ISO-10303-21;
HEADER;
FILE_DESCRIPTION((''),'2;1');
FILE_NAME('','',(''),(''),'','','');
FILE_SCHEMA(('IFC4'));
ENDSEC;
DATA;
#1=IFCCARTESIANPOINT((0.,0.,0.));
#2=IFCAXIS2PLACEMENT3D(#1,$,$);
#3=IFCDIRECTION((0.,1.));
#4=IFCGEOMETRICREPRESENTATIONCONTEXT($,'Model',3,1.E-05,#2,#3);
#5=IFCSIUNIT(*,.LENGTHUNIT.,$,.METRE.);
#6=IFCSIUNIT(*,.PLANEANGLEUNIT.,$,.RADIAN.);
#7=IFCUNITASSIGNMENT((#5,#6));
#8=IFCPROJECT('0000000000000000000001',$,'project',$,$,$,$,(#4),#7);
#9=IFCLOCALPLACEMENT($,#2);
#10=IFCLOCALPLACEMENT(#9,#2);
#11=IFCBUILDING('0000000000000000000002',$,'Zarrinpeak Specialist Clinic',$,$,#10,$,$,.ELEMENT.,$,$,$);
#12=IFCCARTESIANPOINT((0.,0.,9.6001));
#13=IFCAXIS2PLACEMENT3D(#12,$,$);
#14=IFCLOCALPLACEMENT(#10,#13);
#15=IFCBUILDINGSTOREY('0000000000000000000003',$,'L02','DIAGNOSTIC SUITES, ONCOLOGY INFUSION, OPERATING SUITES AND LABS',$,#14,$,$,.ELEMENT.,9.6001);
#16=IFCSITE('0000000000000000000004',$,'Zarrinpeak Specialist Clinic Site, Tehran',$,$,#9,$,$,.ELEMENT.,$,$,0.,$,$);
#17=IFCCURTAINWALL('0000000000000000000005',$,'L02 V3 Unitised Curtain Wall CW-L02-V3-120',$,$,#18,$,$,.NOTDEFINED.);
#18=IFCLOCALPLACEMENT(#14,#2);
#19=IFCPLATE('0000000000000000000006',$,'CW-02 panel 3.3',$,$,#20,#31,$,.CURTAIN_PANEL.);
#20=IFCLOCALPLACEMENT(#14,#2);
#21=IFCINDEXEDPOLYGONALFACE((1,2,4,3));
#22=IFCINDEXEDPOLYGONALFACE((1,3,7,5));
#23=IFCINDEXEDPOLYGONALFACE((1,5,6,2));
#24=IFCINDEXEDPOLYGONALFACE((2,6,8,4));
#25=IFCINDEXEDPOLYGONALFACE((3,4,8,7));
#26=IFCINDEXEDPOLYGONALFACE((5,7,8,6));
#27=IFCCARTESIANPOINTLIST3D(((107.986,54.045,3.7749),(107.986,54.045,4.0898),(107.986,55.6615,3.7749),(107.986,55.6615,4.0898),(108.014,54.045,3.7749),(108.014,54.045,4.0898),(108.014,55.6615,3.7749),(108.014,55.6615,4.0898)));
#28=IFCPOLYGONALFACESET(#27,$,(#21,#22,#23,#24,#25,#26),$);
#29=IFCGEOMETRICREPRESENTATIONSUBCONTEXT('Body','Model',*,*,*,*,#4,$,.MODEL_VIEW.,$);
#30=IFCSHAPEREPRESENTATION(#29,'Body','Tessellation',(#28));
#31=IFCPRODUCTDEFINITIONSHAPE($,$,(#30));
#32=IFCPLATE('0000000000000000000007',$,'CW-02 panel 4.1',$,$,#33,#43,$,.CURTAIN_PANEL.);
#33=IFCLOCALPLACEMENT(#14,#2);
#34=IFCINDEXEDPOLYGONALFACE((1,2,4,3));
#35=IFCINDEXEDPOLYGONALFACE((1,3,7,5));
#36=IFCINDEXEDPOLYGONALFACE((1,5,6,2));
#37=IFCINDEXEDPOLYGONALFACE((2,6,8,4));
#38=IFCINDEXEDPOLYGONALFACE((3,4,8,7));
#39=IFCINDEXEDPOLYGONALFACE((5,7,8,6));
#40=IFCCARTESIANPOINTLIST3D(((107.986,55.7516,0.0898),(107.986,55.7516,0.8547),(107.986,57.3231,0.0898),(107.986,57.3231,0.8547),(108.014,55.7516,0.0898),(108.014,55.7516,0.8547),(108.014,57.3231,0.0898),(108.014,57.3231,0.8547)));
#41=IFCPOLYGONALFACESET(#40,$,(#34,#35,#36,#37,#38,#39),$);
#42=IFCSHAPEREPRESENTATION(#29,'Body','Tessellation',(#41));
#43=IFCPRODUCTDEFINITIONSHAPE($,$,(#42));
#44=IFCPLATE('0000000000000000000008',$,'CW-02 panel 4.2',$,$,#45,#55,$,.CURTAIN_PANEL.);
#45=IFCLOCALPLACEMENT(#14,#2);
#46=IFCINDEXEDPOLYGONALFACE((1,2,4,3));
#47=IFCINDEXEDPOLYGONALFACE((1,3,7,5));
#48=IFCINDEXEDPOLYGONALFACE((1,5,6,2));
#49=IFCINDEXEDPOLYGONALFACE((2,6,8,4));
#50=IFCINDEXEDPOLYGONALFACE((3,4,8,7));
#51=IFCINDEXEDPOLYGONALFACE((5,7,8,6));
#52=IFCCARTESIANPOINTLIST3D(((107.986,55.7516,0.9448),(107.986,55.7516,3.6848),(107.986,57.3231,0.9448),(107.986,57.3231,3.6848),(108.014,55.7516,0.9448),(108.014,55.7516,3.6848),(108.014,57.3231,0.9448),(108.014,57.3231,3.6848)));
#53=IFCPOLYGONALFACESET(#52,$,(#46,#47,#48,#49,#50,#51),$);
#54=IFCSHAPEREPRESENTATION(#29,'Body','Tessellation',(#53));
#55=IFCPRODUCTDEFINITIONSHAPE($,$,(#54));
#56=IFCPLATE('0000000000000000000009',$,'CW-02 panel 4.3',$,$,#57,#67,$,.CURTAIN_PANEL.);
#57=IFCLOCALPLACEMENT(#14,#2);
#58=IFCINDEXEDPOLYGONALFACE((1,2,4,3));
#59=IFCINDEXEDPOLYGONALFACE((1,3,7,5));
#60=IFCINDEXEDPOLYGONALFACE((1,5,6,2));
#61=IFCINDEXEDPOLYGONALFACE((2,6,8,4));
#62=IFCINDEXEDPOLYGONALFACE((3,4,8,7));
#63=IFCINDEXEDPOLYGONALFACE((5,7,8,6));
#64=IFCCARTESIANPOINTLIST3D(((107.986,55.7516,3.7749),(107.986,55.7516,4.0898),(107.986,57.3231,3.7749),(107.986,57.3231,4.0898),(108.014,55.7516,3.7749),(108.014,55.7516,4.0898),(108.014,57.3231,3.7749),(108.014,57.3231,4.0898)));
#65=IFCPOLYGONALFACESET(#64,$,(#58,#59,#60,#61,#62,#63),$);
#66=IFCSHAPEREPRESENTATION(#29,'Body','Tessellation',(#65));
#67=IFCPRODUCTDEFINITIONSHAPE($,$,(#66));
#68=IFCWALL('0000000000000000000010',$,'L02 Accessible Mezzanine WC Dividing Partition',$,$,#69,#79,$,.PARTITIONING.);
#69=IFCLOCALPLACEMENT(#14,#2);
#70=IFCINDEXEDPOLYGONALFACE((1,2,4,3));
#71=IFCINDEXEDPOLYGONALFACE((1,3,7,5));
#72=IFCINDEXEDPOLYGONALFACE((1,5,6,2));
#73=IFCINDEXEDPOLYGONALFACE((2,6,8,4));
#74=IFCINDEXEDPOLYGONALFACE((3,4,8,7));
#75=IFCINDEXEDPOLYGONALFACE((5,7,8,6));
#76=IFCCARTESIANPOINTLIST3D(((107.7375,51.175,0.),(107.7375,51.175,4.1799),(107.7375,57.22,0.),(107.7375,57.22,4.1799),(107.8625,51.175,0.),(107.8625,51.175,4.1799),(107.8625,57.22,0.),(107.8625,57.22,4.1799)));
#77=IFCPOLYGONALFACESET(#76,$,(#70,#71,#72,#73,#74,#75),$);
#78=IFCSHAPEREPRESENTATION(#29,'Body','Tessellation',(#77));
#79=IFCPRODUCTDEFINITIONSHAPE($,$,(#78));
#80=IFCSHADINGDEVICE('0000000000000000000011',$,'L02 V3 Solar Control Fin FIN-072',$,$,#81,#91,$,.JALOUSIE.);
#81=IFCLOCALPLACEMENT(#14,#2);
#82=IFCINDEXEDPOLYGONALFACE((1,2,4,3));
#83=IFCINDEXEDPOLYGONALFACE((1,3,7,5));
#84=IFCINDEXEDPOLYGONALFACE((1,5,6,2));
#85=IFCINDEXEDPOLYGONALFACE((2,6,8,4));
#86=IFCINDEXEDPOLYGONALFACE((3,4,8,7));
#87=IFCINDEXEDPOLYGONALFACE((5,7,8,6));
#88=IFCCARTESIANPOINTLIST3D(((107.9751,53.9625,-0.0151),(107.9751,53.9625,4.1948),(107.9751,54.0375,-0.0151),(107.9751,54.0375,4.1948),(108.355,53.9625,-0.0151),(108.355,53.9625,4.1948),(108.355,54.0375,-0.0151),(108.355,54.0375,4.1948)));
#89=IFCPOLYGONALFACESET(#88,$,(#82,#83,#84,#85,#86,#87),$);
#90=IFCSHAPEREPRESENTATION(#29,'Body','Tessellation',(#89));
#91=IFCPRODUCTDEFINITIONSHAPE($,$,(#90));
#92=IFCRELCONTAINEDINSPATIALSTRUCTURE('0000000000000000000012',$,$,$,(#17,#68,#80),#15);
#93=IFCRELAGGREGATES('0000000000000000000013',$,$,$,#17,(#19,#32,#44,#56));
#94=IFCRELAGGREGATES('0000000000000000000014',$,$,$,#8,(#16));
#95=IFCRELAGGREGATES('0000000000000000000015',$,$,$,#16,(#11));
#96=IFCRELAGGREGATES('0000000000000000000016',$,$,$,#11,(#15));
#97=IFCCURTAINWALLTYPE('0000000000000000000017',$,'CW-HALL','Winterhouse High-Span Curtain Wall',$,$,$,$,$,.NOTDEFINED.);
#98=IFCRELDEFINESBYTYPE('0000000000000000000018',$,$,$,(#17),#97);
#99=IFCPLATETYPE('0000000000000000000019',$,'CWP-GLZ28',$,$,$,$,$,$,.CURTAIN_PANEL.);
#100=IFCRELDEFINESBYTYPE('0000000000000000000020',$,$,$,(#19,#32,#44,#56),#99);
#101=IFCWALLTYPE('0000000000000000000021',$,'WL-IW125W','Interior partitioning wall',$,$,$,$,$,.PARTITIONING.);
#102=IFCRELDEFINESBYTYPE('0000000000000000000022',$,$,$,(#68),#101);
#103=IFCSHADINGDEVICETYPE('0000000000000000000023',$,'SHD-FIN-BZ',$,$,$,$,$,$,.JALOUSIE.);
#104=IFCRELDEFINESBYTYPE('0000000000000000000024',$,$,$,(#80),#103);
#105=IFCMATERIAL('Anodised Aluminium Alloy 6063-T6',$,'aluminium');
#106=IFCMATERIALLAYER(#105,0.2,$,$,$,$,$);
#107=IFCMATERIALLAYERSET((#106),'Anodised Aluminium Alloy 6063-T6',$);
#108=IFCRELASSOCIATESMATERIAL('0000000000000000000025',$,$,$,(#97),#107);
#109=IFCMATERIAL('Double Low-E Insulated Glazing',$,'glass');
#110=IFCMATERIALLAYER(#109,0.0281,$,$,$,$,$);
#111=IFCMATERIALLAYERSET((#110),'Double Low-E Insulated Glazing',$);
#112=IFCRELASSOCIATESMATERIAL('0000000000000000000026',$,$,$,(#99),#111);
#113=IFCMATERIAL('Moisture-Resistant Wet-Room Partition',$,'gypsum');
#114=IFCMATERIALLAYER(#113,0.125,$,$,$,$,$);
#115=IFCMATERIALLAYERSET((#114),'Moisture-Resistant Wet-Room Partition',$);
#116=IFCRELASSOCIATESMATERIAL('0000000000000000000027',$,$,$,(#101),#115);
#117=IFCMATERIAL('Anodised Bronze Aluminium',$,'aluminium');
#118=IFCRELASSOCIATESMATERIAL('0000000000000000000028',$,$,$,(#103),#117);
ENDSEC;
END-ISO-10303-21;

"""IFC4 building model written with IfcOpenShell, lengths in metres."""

from ifc_helpers import new_model, si_unit, direction, frame, frame_2d, origin, origin_2d, place, context, subcontext, project, spatial, rectangle, extrude, material, layer, layer_set, type_object, element, aggregate, save


model = new_model("IFC4")

# Units and contexts
model_context = context("Model", 3, precision=1e-05, world=origin(), true_north=direction((0.0, 1.0)))
body_context = subcontext(model_context, "Body", "Model", "MODEL_VIEW")
ifc_project = project(units=[si_unit("LENGTHUNIT", "METRE"), si_unit("PLANEANGLEUNIT", "RADIAN")], contexts=[model_context])

# Site, building, storey
site_placement = place(None, origin())
site = spatial("IfcSite", under=ifc_project, at=site_placement, Name="Zarrinpeak Specialist Clinic Site, Tehran", CompositionType="ELEMENT", RefElevation=0.0)
building_placement = place(site_placement, origin())
building = spatial("IfcBuilding", under=site, at=building_placement, Name="Zarrinpeak Specialist Clinic", CompositionType="ELEMENT")
storey_placement = place(building_placement, frame((0.0, 0.0, 9.6001)))
storey = spatial("IfcBuildingStorey", under=building, at=storey_placement, Name="L02", Description="DIAGNOSTIC SUITES, ONCOLOGY INFUSION, OPERATING SUITES AND LABS", CompositionType="ELEMENT", Elevation=9.6001)

# Curtain wall, plates
ifc_material_1 = material(Name="Anodised Aluminium Alloy 6063-T6", Category="aluminium")
ifc_layer_1 = layer(ifc_material_1, 0.2)
ifc_layer_set_1 = layer_set([ifc_layer_1], Name="Anodised Aluminium Alloy 6063-T6")
curtain_wall_type = type_object("IfcCurtainWallType", Name="CW-HALL", Description="Winterhouse High-Span Curtain Wall", PredefinedType="NOTDEFINED", material=ifc_layer_set_1)
curtain_wall_placement = place(storey_placement, origin())
curtain_wall = element("IfcCurtainWall", 1, at=curtain_wall_placement, inside=storey, type_object=curtain_wall_type, Name="L02 V3 Unitised Curtain Wall CW-L02-V3-120", PredefinedType="NOTDEFINED")
ifc_material_2 = material(Name="Double Low-E Insulated Glazing", Category="glass")
ifc_layer_2 = layer(ifc_material_2, 0.0281)
ifc_layer_set_2 = layer_set([ifc_layer_2], Name="Double Low-E Insulated Glazing")
plate_type = type_object("IfcPlateType", Name="CWP-GLZ28", PredefinedType="CURTAIN_PANEL", material=ifc_layer_set_2)
plate_1_placement = place(storey_placement, frame((108.0, 54.8533, 3.7749), z_axis=(0.0, 0.0, 1.0), x_axis=(0.0, 1.0, 0.0)))
plate_1 = element("IfcPlate", 2, at=plate_1_placement, type_object=plate_type, Name="CW-02 panel 3.3", PredefinedType="CURTAIN_PANEL", context=body_context, shape_type="SweptSolid", body=[
    extrude(rectangle(XDim=1.6165, YDim=0.0281, at=origin_2d()), origin(), (0.0, 0.0, 1.0), 0.3149),
])
plate_2_placement = place(storey_placement, frame((108.0, 56.5374, 0.0898), z_axis=(0.0, 0.0, 1.0), x_axis=(0.0, 1.0, 0.0)))
plate_2 = element("IfcPlate", 3, at=plate_2_placement, type_object=plate_type, Name="CW-02 panel 4.1", PredefinedType="CURTAIN_PANEL", context=body_context, shape_type="SweptSolid", body=[
    extrude(rectangle(XDim=1.5715, YDim=0.0281, at=origin_2d()), origin(), (0.0, 0.0, 1.0), 0.7649),
])
plate_3_placement = place(storey_placement, frame((108.0, 56.5374, 0.9448), z_axis=(0.0, 0.0, 1.0), x_axis=(0.0, 1.0, 0.0)))
plate_3 = element("IfcPlate", 4, at=plate_3_placement, type_object=plate_type, Name="CW-02 panel 4.2", PredefinedType="CURTAIN_PANEL", context=body_context, shape_type="SweptSolid", body=[
    extrude(rectangle(XDim=1.5715, YDim=0.0281, at=origin_2d()), origin(), (0.0, 0.0, 1.0), 2.74),
])
plate_4_placement = place(storey_placement, frame((108.0, 56.5374, 3.7749), z_axis=(0.0, 0.0, 1.0), x_axis=(0.0, 1.0, 0.0)))
plate_4 = element("IfcPlate", 5, at=plate_4_placement, type_object=plate_type, Name="CW-02 panel 4.3", PredefinedType="CURTAIN_PANEL", context=body_context, shape_type="SweptSolid", body=[
    extrude(rectangle(XDim=1.5715, YDim=0.0281, at=origin_2d()), origin(), (0.0, 0.0, 1.0), 0.3149),
])
aggregate(curtain_wall, [plate_1, plate_2, plate_3, plate_4])

# Wall
ifc_material_3 = material(Name="Moisture-Resistant Wet-Room Partition", Category="gypsum")
ifc_layer_3 = layer(ifc_material_3, 0.125)
ifc_layer_set_3 = layer_set([ifc_layer_3], Name="Moisture-Resistant Wet-Room Partition")
wall_type = type_object("IfcWallType", Name="WL-IW125W", Description="Interior partitioning wall", PredefinedType="PARTITIONING", material=ifc_layer_set_3)
wall_placement = place(storey_placement, frame((107.8, 51.175, 0.0), z_axis=(0.0, 0.0, 1.0), x_axis=(0.0, 1.0, 0.0)))
element("IfcWall", 6, at=wall_placement, inside=storey, type_object=wall_type, Name="L02 Accessible Mezzanine WC Dividing Partition", PredefinedType="PARTITIONING", context=body_context, shape_type="SweptSolid", body=[
    extrude(rectangle(XDim=6.0449, YDim=0.125, at=frame_2d((3.0225, 0.0))), origin(), (0.0, 0.0, 1.0), 4.1799),
])

# Shading device
ifc_material_4 = material(Name="Anodised Bronze Aluminium", Category="aluminium")
shading_device_type = type_object("IfcShadingDeviceType", Name="SHD-FIN-BZ", PredefinedType="JALOUSIE", material=ifc_material_4)
shading_device_placement = place(storey_placement, frame((108.165, 54.0, -0.0151), z_axis=(0.0, 0.0, 1.0), x_axis=(1.0, 0.0, 0.0)))
element("IfcShadingDevice", 7, at=shading_device_placement, inside=storey, type_object=shading_device_type, Name="L02 V3 Solar Control Fin FIN-072", PredefinedType="JALOUSIE", context=body_context, shape_type="SweptSolid", body=[
    extrude(rectangle(XDim=0.3799, YDim=0.075, at=origin_2d()), origin(), (0.0, 0.0, 1.0), 4.21),
])

save(model, "model.ifc")
